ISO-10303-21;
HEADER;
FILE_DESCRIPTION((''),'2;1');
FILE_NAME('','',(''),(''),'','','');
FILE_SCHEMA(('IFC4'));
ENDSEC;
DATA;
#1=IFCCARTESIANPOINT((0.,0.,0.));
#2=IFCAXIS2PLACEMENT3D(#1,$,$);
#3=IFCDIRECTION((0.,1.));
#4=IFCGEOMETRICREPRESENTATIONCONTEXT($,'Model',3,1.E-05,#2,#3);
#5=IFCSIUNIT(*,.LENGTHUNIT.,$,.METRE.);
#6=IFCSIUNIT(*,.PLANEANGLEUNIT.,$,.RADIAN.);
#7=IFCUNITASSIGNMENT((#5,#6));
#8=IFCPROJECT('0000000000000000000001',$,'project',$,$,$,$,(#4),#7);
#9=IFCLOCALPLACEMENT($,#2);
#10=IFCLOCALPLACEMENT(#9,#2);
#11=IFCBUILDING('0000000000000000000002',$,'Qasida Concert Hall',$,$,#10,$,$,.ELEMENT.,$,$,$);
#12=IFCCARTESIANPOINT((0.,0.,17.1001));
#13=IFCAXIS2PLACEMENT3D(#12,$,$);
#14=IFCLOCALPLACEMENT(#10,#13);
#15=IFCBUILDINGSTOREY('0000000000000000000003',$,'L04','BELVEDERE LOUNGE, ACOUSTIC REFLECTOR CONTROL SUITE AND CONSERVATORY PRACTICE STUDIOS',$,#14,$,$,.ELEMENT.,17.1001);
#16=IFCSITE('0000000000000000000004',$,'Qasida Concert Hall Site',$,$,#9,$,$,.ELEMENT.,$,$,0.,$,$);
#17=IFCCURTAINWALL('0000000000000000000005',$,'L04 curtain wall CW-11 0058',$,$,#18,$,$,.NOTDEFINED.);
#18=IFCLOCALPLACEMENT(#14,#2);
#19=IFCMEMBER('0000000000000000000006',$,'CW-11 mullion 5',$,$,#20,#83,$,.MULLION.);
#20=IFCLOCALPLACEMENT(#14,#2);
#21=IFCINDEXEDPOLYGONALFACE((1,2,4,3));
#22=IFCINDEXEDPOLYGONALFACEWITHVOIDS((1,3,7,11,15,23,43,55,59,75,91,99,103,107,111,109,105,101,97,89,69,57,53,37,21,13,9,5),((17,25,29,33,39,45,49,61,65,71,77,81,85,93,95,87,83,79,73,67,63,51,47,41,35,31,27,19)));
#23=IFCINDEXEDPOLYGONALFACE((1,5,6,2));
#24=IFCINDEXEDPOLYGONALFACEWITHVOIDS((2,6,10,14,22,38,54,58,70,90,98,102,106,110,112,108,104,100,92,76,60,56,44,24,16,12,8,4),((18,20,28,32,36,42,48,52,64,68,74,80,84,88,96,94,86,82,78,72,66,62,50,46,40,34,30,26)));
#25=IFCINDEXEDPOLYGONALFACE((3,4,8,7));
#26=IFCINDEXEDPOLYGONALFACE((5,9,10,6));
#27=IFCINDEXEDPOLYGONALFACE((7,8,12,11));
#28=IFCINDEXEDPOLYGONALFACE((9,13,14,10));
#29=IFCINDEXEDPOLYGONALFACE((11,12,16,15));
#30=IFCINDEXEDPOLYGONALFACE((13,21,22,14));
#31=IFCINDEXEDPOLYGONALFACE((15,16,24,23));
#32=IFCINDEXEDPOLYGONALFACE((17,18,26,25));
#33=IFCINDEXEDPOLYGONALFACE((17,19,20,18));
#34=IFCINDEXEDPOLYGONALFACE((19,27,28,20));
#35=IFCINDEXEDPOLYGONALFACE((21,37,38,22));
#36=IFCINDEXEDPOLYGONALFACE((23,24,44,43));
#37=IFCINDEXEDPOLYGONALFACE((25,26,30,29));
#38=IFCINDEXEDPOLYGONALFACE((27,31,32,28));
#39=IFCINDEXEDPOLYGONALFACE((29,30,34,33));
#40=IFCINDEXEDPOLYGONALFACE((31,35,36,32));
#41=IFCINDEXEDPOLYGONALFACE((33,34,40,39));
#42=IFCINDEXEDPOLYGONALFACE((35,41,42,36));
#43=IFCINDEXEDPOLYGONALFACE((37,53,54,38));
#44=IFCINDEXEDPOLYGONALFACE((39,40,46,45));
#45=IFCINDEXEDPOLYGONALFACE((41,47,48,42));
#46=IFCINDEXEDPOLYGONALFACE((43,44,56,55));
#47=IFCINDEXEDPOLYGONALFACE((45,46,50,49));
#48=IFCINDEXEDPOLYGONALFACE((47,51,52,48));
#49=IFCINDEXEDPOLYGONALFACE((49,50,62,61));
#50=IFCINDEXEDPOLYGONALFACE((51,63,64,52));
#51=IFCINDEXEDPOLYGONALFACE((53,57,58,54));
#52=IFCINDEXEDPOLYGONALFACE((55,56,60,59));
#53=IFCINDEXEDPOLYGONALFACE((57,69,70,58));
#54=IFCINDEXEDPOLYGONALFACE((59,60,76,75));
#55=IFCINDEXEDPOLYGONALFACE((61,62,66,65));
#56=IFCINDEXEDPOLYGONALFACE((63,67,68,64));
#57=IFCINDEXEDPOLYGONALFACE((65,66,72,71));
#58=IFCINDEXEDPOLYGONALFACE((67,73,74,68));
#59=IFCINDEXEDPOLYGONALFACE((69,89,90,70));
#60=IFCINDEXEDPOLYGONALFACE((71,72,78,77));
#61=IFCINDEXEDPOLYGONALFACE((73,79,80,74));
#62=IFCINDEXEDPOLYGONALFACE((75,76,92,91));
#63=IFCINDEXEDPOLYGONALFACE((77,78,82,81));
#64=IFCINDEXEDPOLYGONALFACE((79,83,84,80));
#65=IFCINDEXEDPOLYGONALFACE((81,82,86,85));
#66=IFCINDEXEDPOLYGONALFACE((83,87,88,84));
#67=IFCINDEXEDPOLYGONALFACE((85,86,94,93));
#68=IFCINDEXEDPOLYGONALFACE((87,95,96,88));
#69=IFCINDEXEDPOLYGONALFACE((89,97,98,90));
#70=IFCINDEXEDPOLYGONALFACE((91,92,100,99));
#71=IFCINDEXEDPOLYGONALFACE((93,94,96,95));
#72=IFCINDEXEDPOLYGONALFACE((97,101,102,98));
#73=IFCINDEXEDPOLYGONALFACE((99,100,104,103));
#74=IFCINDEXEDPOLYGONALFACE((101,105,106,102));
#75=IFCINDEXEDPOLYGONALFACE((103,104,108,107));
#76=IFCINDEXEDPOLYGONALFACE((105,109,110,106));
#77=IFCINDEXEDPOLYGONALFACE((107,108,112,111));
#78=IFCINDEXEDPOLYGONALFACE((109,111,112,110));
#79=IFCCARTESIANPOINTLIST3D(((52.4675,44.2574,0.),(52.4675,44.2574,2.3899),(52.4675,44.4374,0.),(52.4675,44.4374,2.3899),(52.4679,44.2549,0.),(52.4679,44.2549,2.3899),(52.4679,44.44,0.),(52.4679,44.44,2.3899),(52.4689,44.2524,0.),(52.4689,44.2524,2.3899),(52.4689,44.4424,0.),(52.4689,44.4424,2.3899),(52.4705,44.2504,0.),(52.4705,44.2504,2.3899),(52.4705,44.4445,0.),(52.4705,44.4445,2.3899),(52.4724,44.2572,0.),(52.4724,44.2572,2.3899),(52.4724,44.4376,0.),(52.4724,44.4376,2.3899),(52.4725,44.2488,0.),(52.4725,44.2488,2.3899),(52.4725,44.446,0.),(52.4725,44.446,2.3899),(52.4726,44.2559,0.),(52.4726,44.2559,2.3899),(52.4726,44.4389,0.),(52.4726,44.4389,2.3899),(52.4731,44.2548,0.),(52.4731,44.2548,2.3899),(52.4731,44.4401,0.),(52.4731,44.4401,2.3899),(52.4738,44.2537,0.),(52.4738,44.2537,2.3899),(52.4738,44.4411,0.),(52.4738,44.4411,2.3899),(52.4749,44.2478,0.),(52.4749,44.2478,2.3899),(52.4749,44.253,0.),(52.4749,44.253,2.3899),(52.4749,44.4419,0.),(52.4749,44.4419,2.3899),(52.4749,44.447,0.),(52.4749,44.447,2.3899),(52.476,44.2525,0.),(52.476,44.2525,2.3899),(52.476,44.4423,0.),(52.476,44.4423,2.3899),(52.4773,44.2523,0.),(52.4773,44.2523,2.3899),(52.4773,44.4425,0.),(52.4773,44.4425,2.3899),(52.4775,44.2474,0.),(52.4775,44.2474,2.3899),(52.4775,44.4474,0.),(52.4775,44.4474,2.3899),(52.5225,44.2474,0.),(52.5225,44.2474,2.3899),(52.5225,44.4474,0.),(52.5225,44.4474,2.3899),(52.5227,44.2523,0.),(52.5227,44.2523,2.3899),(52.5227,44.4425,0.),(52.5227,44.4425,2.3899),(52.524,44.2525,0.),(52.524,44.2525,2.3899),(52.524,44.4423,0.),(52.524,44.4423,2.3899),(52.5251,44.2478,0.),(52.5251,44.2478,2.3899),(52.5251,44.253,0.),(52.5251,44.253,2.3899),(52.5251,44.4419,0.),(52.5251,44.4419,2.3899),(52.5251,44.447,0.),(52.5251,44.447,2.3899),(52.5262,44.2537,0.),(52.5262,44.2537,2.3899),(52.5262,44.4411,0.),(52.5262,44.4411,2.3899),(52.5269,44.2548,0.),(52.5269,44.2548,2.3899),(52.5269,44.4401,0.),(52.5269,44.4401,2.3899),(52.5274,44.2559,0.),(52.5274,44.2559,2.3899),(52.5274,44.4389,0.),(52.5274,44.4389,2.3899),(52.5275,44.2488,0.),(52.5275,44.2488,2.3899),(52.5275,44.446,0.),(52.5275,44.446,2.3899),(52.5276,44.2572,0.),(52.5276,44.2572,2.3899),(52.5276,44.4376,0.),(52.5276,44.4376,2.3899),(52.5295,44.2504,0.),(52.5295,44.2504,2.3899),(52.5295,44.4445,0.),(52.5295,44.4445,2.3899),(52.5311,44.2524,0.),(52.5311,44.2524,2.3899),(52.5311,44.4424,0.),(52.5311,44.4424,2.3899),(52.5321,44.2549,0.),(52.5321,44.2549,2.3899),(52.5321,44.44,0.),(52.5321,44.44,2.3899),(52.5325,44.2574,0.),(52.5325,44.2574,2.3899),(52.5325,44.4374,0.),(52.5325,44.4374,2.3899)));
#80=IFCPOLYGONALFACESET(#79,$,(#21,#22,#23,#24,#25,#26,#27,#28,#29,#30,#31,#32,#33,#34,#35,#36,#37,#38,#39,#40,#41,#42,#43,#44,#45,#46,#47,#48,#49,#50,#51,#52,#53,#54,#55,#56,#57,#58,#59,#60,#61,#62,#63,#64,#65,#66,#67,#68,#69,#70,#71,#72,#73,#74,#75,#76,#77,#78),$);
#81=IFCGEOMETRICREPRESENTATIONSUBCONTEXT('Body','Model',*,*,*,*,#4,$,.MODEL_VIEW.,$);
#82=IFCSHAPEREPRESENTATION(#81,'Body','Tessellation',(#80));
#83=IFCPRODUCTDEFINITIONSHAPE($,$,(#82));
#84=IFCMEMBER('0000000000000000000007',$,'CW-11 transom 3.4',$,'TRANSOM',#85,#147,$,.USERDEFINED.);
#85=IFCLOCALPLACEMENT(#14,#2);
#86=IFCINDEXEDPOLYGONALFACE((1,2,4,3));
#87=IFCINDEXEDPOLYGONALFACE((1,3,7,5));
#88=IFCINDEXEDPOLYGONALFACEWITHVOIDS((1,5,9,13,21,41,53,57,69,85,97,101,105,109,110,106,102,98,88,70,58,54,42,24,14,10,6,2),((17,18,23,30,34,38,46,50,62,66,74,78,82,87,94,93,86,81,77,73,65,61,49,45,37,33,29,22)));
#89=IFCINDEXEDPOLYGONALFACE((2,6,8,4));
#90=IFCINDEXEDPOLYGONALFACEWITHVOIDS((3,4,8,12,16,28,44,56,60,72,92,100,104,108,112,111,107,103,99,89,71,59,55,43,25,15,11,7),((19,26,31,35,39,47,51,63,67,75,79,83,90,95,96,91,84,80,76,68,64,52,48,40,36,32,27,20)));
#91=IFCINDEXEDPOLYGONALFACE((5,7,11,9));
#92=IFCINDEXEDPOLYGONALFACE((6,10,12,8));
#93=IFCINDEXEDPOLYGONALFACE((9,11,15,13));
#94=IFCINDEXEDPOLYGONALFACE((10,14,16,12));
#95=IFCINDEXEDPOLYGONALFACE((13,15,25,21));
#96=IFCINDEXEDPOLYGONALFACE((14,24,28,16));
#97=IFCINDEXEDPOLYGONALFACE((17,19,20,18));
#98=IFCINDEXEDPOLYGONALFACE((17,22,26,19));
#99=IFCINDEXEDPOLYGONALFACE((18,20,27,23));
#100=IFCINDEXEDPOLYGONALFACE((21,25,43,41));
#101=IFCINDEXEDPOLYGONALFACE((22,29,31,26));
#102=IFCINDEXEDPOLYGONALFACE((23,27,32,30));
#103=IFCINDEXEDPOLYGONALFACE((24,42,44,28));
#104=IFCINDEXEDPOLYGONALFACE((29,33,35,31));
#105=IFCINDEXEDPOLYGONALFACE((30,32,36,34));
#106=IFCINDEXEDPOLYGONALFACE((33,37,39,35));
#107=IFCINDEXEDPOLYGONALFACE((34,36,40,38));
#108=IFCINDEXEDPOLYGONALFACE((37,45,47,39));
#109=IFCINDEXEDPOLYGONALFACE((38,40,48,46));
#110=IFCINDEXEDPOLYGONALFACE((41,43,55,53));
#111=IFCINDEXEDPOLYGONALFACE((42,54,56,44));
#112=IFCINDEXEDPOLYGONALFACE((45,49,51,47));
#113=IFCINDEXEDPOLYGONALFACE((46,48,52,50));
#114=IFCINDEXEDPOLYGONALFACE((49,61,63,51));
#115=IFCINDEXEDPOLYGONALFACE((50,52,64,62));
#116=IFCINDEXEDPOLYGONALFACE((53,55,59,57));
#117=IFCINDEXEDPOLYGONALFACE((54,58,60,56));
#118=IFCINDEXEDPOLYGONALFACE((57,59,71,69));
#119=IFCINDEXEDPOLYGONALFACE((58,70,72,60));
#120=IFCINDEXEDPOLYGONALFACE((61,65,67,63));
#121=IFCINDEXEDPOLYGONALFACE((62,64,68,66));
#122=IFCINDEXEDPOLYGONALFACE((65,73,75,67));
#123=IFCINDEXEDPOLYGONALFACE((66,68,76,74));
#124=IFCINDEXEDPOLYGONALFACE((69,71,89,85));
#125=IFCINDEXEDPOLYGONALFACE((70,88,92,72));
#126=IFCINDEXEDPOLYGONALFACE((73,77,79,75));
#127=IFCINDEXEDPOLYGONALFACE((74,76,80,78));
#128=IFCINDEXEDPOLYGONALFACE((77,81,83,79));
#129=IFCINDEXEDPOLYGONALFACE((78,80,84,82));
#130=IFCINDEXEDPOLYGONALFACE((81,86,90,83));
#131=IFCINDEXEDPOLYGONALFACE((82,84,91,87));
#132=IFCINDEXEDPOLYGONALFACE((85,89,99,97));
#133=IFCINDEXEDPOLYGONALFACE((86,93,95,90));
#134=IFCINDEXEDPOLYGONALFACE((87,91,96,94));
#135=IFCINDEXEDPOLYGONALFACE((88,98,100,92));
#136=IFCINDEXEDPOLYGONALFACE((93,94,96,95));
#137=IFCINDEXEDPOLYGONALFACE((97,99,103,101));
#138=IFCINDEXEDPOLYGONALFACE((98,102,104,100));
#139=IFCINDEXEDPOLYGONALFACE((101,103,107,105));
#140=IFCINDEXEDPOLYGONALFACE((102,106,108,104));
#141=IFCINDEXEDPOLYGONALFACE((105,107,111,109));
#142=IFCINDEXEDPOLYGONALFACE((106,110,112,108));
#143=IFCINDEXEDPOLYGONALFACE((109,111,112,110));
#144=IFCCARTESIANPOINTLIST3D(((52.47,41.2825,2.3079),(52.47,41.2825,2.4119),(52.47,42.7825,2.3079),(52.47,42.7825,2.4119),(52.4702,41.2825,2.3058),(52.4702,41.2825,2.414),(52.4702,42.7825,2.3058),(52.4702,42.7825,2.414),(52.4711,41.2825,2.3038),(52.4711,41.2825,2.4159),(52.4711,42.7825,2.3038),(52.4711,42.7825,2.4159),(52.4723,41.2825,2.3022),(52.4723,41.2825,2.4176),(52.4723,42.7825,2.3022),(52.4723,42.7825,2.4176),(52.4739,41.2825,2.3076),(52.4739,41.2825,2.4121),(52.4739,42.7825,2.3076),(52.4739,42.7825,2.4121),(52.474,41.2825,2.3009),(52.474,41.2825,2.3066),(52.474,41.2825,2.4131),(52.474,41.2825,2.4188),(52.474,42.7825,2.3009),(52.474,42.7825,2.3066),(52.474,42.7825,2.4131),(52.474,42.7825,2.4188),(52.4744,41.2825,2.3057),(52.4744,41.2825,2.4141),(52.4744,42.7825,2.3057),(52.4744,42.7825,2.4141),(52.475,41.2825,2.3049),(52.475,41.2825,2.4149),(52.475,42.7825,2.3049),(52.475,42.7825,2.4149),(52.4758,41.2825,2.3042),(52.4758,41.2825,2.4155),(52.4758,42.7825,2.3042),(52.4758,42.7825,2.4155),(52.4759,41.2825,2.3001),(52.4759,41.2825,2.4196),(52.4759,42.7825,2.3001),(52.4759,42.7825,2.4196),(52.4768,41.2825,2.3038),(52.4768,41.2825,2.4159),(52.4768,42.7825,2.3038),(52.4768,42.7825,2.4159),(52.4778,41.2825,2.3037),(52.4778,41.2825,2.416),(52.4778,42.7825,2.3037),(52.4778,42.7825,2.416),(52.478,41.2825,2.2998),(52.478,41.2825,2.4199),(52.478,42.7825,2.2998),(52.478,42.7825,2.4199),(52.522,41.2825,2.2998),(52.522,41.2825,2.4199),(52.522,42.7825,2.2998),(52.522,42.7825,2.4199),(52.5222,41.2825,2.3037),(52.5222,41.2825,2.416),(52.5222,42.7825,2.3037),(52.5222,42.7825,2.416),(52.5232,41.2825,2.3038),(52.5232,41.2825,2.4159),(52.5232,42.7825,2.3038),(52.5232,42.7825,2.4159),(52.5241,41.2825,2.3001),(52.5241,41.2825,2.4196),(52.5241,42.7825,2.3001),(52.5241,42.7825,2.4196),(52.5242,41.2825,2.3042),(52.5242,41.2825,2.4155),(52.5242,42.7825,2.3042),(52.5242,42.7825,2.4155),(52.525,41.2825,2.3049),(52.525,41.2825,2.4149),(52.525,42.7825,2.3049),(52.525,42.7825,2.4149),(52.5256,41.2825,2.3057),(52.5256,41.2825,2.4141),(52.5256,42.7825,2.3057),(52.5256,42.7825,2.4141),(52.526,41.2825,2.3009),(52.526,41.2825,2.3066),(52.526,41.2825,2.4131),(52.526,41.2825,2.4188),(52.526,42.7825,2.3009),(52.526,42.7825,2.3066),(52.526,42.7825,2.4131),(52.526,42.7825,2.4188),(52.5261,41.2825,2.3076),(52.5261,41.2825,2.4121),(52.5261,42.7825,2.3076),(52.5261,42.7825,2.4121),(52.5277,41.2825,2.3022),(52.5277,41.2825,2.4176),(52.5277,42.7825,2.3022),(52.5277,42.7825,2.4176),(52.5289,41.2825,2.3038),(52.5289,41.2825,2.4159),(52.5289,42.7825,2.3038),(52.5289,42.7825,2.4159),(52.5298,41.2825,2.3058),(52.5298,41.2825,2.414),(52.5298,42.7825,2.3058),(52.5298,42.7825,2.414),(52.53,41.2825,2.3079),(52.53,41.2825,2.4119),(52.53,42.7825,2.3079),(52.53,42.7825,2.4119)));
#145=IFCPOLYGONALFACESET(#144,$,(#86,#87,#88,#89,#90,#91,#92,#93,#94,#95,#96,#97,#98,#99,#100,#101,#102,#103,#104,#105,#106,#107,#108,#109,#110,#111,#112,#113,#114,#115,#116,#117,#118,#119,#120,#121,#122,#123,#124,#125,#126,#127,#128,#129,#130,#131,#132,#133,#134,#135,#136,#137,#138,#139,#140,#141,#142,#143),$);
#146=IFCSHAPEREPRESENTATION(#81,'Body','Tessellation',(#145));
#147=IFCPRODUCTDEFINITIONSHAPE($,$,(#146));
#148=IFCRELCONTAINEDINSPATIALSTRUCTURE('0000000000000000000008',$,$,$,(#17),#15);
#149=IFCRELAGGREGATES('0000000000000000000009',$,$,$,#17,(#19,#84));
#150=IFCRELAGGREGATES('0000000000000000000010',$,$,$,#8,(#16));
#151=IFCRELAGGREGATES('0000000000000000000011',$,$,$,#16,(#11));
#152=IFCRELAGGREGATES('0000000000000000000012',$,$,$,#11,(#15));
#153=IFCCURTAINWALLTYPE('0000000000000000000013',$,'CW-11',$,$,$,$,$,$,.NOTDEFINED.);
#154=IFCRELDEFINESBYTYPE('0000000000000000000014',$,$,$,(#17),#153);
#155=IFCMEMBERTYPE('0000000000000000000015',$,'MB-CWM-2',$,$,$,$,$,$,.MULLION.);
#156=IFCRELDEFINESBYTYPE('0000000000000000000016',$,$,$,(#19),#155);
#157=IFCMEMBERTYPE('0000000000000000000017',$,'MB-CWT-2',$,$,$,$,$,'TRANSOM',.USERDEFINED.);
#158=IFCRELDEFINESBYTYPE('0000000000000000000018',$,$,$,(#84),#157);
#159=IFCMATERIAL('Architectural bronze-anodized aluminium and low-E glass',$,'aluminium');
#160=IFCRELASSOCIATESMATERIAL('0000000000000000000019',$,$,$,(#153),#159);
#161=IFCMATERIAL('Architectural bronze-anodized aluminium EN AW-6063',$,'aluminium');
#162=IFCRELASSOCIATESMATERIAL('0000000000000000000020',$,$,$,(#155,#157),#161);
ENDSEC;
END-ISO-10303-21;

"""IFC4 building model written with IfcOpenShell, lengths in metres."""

from ifc_helpers import new_model, si_unit, direction, frame, origin, origin_2d, place, context, subcontext, project, spatial, hollow_rectangle, extrude, material, material_profile, profile_set, type_object, element, aggregate, save


model = new_model("IFC4")

# Units and contexts
model_context = context("Model", 3, precision=1e-05, world=origin(), true_north=direction((0.0, 1.0)))
body_context = subcontext(model_context, "Body", "Model", "MODEL_VIEW")
ifc_project = project(units=[si_unit("LENGTHUNIT", "METRE"), si_unit("PLANEANGLEUNIT", "RADIAN")], contexts=[model_context])

# Site, building, storey
site_placement = place(None, origin())
site = spatial("IfcSite", under=ifc_project, at=site_placement, Name="Qasida Concert Hall Site", CompositionType="ELEMENT", RefElevation=0.0)
building_placement = place(site_placement, origin())
building = spatial("IfcBuilding", under=site, at=building_placement, Name="Qasida Concert Hall", CompositionType="ELEMENT")
storey_placement = place(building_placement, frame((0.0, 0.0, 17.1001)))
storey = spatial("IfcBuildingStorey", under=building, at=storey_placement, Name="L04", Description="BELVEDERE LOUNGE, ACOUSTIC REFLECTOR CONTROL SUITE AND CONSERVATORY PRACTICE STUDIOS", CompositionType="ELEMENT", Elevation=17.1001)

# Curtain wall, members
ifc_material_1 = material(Name="Architectural bronze-anodized aluminium and low-E glass", Category="aluminium")
curtain_wall_type = type_object("IfcCurtainWallType", Name="CW-11", PredefinedType="NOTDEFINED", material=ifc_material_1)
curtain_wall_placement = place(storey_placement, origin())
curtain_wall = element("IfcCurtainWall", 1, at=curtain_wall_placement, inside=storey, type_object=curtain_wall_type, Name="L04 curtain wall CW-11 0058", PredefinedType="NOTDEFINED")
ifc_material_2 = material(Name="Architectural bronze-anodized aluminium EN AW-6063", Category="aluminium")
ifc_material_profile_1 = material_profile(ifc_material_2, hollow_rectangle(XDim=0.0649, YDim=0.2, WallThickness=0.0049, InnerFilletRadius=0.0049, OuterFilletRadius=0.01, at=origin_2d()), Name="CWM 200x65x5")
ifc_profile_set_1 = profile_set([ifc_material_profile_1], Name="Architectural bronze-anodized aluminium EN AW-6063")
member_type_1 = type_object("IfcMemberType", Name="MB-CWM-2", PredefinedType="MULLION", material=ifc_profile_set_1)
member_1_placement = place(storey_placement, frame((52.5, 44.3474, 0.0), z_axis=(0.0, 0.0, 1.0), x_axis=(-1.0, 0.0, 0.0)))
member_1 = element("IfcMember", 2, at=member_1_placement, type_object=member_type_1, Name="CW-11 mullion 5", PredefinedType="MULLION", context=body_context, shape_type="SweptSolid", body=[
    extrude(hollow_rectangle(XDim=0.0649, YDim=0.2, WallThickness=0.0049, InnerFilletRadius=0.0049, OuterFilletRadius=0.01, at=origin_2d()), origin(), (0.0, 0.0, 1.0), 2.3899),
])
ifc_material_profile_2 = material_profile(ifc_material_2, hollow_rectangle(XDim=0.0601, YDim=0.1201, WallThickness=0.0039, InnerFilletRadius=0.0039, OuterFilletRadius=0.0081, at=origin_2d()), Name="CWT 120x60x4")
ifc_profile_set_2 = profile_set([ifc_material_profile_2], Name="Architectural bronze-anodized aluminium EN AW-6063")
member_type_2 = type_object("IfcMemberType", Name="MB-CWT-2", ElementType="TRANSOM", PredefinedType="USERDEFINED", material=ifc_profile_set_2)
member_2_placement = place(storey_placement, frame((52.5, 41.2825, 2.3599), z_axis=(0.0, 1.0, 0.0), x_axis=(-1.0, 0.0, 0.0)))
member_2 = element("IfcMember", 3, at=member_2_placement, type_object=member_type_2, Name="CW-11 transom 3.4", ObjectType="TRANSOM", PredefinedType="USERDEFINED", context=body_context, shape_type="SweptSolid", body=[
    extrude(hollow_rectangle(XDim=0.0601, YDim=0.1201, WallThickness=0.0039, InnerFilletRadius=0.0039, OuterFilletRadius=0.0081, at=origin_2d()), origin(), (0.0, 0.0, 1.0), 1.5),
])
aggregate(curtain_wall, [member_1, member_2])

save(model, "model.ifc")
